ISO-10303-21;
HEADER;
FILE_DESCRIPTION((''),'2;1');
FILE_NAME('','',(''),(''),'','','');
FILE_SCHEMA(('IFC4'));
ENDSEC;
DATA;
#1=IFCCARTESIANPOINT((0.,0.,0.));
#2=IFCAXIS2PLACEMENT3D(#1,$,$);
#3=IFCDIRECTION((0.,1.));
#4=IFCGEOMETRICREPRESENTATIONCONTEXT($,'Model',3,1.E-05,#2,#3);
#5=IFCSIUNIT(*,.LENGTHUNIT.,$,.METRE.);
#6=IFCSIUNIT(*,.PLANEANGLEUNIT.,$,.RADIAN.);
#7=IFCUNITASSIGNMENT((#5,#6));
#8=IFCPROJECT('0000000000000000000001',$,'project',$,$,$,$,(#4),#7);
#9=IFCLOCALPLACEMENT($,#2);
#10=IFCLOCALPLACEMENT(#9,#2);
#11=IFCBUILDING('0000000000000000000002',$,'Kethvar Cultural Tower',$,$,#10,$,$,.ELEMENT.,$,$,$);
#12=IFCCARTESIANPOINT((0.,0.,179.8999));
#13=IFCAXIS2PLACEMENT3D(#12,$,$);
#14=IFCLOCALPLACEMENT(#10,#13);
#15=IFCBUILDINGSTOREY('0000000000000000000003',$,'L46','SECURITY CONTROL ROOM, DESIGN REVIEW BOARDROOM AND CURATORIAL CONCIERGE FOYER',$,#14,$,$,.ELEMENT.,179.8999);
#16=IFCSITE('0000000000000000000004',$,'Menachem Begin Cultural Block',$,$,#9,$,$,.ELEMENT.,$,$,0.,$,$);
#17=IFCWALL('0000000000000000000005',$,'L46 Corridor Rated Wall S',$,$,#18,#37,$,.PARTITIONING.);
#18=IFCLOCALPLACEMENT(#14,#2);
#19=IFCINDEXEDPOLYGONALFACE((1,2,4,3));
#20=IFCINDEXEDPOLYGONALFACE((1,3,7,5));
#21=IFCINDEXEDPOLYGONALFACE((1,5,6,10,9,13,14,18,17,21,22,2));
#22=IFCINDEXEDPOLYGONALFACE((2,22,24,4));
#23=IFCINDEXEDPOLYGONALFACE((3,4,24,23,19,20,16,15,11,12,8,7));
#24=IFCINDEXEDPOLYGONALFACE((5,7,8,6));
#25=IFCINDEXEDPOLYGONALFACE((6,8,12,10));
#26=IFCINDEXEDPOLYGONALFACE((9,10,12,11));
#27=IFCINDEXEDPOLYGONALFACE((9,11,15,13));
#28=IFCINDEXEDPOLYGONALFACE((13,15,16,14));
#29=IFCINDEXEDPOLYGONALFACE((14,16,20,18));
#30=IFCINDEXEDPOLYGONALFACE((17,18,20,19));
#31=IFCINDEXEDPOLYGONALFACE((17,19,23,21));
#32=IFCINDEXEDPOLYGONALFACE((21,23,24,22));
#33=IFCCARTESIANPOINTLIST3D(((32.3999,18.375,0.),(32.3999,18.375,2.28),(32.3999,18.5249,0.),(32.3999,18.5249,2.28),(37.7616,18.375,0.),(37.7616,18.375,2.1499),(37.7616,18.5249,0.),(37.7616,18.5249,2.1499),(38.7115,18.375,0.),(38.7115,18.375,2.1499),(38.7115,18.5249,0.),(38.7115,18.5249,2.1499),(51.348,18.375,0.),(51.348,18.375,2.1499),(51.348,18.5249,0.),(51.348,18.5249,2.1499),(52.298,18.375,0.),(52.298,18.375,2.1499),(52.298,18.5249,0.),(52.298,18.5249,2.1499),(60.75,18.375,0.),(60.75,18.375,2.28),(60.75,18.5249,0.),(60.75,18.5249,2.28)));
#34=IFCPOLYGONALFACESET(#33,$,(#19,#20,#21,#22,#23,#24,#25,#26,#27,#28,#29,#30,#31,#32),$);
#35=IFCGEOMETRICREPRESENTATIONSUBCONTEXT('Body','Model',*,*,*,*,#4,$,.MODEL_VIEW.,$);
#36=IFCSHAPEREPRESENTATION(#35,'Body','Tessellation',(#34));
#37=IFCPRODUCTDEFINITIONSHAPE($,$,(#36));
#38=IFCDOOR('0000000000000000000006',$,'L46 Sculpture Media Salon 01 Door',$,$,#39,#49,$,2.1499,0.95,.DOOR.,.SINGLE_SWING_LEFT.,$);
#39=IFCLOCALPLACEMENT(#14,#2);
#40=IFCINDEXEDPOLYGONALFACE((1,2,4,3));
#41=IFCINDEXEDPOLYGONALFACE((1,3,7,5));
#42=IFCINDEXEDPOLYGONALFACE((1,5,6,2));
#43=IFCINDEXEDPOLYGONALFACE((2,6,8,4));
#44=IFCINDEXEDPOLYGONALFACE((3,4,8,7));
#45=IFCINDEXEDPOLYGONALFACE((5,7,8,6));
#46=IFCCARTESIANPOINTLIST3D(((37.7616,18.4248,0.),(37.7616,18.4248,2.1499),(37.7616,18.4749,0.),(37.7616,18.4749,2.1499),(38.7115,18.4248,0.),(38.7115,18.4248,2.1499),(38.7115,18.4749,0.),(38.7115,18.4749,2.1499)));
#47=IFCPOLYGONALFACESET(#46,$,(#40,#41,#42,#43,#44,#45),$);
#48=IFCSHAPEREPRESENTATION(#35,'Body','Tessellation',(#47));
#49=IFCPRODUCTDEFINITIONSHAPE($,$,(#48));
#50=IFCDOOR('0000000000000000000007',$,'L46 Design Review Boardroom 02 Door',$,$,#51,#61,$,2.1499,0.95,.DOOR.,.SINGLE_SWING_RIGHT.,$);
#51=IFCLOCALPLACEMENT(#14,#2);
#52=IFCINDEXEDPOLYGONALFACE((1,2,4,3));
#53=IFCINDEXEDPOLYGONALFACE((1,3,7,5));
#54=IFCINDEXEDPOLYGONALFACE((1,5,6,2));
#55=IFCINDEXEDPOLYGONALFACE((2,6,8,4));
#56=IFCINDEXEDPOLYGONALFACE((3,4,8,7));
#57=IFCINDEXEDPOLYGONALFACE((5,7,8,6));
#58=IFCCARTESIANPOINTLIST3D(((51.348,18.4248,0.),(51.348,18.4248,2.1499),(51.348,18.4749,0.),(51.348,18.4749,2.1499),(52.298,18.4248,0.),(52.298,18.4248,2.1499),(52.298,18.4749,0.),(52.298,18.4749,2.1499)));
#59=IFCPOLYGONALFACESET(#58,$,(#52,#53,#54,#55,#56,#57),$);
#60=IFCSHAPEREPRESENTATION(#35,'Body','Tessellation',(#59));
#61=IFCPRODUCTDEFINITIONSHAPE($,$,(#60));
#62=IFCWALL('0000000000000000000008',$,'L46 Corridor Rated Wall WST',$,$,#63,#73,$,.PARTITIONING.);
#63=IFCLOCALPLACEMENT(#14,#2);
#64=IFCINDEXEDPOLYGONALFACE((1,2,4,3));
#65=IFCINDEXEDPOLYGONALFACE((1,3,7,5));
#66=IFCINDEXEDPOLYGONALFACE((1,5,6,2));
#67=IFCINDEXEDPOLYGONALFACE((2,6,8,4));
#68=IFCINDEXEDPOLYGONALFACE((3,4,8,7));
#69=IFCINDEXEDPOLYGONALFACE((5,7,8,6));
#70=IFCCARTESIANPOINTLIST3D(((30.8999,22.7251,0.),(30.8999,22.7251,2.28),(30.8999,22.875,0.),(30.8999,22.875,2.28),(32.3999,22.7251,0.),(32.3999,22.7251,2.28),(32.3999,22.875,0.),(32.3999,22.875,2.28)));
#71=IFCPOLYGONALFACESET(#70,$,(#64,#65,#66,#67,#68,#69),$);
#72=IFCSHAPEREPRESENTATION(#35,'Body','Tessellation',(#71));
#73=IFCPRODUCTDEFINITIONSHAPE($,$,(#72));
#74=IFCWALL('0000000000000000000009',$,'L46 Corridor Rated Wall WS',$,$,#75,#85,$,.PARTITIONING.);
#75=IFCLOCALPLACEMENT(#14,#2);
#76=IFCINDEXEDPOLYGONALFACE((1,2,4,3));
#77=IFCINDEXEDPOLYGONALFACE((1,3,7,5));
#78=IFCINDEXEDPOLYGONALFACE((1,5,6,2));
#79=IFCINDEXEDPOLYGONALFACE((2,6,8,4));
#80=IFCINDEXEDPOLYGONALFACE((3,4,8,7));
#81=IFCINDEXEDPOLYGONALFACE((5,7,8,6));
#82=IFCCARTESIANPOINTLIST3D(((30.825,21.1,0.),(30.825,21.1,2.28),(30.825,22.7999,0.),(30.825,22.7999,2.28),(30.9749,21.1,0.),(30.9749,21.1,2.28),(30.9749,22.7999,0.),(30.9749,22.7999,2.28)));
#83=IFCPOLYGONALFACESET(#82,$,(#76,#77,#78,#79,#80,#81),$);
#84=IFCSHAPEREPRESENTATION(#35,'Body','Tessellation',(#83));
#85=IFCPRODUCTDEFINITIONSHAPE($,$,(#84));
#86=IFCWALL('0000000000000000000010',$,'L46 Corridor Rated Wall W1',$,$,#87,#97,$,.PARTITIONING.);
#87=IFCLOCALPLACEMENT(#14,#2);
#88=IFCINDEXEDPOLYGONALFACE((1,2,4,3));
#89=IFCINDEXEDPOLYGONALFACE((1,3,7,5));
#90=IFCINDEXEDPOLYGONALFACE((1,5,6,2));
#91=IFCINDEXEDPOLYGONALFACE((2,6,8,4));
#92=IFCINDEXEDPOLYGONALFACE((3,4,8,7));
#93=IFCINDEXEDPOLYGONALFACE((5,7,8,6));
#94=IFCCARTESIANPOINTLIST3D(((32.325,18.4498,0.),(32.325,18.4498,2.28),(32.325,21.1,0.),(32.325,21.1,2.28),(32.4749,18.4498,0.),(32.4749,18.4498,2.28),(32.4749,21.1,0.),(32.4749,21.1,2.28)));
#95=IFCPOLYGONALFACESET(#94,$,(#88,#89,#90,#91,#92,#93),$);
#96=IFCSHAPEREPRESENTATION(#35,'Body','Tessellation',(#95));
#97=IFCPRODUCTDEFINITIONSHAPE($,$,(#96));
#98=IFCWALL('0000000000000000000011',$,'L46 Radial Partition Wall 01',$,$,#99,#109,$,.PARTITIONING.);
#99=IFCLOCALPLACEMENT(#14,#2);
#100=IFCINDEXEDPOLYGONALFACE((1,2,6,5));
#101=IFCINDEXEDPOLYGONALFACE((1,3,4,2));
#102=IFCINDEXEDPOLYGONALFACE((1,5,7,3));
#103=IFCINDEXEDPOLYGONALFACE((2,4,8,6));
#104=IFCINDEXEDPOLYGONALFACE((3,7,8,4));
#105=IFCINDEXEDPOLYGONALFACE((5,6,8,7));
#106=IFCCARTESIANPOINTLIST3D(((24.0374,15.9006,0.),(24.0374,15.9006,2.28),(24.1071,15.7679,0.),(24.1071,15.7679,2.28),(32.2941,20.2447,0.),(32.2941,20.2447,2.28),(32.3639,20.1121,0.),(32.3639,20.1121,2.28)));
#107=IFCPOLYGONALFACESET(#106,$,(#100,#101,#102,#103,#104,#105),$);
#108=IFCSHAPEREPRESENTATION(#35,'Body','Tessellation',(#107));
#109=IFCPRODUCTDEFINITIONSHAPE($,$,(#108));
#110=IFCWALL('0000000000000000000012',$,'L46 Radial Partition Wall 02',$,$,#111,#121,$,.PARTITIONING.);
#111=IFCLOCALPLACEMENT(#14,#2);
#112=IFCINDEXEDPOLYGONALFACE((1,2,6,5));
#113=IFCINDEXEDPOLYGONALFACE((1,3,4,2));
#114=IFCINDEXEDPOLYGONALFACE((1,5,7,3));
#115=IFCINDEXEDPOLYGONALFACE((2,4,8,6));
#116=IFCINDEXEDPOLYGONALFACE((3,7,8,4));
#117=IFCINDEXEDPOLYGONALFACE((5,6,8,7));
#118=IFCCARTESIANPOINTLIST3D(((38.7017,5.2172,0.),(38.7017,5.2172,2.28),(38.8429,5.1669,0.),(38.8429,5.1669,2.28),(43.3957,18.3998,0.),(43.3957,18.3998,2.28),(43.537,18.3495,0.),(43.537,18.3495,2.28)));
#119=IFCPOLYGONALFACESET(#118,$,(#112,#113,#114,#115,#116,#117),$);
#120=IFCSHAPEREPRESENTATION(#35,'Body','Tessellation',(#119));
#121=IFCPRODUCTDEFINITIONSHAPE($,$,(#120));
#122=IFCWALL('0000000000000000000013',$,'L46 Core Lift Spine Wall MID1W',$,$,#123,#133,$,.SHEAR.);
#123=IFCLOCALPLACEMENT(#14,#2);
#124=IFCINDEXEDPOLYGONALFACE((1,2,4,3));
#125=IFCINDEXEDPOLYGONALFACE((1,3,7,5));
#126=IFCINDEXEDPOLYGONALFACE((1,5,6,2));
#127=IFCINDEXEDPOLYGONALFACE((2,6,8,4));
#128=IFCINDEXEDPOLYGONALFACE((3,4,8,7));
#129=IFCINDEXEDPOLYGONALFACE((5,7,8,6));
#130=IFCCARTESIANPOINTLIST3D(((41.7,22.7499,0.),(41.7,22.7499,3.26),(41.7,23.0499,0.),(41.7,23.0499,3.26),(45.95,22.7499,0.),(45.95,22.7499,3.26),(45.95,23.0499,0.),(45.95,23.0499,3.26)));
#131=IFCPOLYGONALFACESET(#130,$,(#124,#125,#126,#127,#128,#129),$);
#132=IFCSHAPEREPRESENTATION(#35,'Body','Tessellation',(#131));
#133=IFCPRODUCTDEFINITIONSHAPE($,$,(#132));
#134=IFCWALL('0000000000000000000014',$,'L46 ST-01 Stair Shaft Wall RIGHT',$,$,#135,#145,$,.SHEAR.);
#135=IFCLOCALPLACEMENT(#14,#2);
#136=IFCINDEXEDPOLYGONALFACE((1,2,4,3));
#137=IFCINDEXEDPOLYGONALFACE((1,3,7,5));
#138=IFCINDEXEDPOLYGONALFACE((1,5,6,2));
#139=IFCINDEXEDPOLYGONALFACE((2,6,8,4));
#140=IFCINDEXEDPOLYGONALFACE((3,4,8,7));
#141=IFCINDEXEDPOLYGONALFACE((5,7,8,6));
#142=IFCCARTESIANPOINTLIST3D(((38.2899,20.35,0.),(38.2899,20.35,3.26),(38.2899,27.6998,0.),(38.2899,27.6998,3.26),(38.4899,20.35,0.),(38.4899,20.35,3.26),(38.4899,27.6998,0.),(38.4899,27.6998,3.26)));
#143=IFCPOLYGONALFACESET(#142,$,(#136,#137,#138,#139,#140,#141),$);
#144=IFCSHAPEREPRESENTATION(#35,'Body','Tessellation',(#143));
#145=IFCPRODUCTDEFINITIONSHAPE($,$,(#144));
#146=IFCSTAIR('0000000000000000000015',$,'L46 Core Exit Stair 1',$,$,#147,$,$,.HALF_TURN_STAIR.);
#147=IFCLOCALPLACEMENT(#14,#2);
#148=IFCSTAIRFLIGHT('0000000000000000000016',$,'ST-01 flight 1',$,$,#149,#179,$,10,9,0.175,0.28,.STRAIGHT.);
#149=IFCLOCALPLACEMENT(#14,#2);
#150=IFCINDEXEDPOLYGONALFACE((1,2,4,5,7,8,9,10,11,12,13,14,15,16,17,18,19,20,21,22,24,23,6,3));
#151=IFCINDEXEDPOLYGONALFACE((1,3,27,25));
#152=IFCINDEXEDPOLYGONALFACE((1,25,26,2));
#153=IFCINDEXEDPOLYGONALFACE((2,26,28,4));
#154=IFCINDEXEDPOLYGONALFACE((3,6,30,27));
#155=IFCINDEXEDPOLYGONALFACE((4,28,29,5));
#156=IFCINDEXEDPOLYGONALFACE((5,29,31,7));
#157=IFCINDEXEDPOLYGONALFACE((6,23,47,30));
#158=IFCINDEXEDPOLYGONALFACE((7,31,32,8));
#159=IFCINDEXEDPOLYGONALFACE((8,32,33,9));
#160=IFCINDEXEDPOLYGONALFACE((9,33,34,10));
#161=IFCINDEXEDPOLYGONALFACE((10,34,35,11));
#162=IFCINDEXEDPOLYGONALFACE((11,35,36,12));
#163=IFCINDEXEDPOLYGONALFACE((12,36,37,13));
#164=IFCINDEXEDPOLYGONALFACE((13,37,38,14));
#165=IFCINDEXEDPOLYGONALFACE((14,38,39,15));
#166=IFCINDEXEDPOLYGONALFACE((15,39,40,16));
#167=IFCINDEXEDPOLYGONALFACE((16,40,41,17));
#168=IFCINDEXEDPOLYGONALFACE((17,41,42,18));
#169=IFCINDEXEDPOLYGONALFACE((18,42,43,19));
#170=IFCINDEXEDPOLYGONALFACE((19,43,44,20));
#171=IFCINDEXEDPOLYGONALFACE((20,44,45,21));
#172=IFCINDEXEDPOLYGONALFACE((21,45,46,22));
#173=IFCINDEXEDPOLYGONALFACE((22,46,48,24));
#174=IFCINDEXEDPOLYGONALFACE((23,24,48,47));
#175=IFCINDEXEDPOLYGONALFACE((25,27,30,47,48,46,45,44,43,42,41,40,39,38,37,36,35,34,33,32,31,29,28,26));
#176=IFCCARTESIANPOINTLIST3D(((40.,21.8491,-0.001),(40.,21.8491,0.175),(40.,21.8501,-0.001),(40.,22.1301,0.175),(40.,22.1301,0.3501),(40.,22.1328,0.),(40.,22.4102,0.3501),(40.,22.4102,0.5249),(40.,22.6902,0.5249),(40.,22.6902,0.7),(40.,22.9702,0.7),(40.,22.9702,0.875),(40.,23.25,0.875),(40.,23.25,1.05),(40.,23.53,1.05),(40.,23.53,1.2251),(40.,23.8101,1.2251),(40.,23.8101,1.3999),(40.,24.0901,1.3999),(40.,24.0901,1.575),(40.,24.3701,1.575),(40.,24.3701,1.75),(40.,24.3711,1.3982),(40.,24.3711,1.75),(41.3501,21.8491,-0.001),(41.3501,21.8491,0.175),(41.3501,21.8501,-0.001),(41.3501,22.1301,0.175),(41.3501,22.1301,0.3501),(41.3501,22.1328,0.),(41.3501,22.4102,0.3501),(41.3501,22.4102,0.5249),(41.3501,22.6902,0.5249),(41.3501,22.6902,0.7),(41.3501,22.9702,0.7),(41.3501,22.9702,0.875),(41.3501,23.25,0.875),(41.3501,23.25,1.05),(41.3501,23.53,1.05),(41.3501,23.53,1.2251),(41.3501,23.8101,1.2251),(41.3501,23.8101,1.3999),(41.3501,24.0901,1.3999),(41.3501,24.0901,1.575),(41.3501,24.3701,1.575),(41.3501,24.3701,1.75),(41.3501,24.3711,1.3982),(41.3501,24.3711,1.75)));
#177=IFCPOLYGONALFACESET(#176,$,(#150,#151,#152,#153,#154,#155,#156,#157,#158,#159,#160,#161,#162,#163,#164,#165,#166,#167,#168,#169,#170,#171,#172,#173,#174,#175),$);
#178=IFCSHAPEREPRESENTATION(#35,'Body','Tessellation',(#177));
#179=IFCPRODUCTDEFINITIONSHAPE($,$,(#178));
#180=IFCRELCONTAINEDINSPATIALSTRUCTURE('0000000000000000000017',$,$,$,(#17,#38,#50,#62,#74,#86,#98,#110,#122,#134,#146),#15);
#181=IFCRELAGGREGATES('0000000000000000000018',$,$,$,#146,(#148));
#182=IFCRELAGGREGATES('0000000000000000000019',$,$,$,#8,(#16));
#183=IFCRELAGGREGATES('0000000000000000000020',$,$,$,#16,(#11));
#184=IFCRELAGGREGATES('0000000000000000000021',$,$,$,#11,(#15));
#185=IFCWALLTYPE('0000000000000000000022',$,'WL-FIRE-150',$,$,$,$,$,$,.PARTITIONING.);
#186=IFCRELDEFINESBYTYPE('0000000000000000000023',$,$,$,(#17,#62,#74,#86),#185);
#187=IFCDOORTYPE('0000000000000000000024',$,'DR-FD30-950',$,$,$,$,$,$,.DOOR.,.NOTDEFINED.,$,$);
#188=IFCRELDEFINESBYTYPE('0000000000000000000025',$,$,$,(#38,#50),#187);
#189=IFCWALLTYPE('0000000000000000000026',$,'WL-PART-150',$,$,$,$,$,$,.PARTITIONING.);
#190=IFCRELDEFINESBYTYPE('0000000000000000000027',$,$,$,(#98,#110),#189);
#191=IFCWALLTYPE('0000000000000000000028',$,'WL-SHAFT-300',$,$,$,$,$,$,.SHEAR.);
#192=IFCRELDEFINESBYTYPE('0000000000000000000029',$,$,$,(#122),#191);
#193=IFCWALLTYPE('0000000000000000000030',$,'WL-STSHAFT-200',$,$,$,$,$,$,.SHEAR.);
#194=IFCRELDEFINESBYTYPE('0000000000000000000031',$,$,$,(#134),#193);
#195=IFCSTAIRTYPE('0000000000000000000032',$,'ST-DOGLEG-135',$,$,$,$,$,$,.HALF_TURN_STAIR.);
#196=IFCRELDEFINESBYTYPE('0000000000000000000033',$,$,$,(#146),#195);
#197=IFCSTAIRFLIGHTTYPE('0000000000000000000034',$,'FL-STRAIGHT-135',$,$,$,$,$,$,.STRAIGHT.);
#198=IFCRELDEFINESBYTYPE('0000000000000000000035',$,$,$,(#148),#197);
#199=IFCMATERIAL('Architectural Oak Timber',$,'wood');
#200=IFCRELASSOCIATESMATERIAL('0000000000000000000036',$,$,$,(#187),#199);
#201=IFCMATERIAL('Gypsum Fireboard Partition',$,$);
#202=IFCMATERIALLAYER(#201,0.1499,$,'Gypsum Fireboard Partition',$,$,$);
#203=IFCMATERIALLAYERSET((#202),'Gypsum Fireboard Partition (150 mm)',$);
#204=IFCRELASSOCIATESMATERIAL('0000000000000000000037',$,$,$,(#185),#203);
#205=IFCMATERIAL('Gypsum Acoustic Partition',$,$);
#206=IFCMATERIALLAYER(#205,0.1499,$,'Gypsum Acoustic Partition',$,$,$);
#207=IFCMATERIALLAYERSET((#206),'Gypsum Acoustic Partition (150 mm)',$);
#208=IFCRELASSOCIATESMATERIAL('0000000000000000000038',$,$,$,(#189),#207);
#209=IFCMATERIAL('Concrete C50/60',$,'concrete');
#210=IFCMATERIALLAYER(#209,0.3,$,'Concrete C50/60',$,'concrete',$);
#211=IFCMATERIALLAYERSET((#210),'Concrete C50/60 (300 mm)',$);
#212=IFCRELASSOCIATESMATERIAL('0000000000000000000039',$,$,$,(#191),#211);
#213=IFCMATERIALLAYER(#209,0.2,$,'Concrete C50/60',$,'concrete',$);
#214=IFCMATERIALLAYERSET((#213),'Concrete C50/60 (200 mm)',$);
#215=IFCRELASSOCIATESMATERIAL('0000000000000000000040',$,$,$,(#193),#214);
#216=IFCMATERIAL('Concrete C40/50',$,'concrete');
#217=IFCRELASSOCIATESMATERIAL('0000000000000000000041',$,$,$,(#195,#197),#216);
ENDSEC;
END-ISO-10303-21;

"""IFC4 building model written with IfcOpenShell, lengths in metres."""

from ifc_helpers import new_model, si_unit, direction, frame, frame_2d, origin, place, context, subcontext, project, spatial, polyline, rectangle, outline, extrude, source, transform, mapped, material, layer, layer_set, type_object, element, fill, aggregate, save


model = new_model("IFC4")

# Units and contexts
model_context = context("Model", 3, precision=1e-05, world=origin(), true_north=direction((0.0, 1.0)))
body_context = subcontext(model_context, "Body", "Model", "MODEL_VIEW")
ifc_project = project(units=[si_unit("LENGTHUNIT", "METRE"), si_unit("PLANEANGLEUNIT", "RADIAN")], contexts=[model_context])

# Site, building, storey
site_placement = place(None, origin())
site = spatial("IfcSite", under=ifc_project, at=site_placement, Name="Menachem Begin Cultural Block", CompositionType="ELEMENT", RefElevation=0.0)
building_placement = place(site_placement, origin())
building = spatial("IfcBuilding", under=site, at=building_placement, Name="Kethvar Cultural Tower", CompositionType="ELEMENT")
storey_placement = place(building_placement, frame((0.0, 0.0, 179.8999)))
storey = spatial("IfcBuildingStorey", under=building, at=storey_placement, Name="L46", Description="SECURITY CONTROL ROOM, DESIGN REVIEW BOARDROOM AND CURATORIAL CONCIERGE FOYER", CompositionType="ELEMENT", Elevation=179.8999)

# Shared definitions
ifc_material_1 = material(Name="Architectural Oak Timber", Category="wood")
door_type_1 = type_object("IfcDoorType", Name="DR-FD30-950", OperationType="NOTDEFINED", PredefinedType="DOOR", material=ifc_material_1)
shared_shape_1 = source(origin(), body_context, "Body", "SweptSolid", [
    extrude(rectangle(XDim=0.95, YDim=2.1499, at=frame_2d((0.4751, 1.075))), frame((0.0, 0.0249, 0.0), z_axis=(0.0, -1.0, 0.0), x_axis=(1.0, 0.0, 0.0)), (0.0, 0.0, 1.0), 0.05),
])

# Shared definitions
ifc_material_2 = material(Name="Gypsum Fireboard Partition")
ifc_layer_1 = layer(ifc_material_2, 0.1499, Name="Gypsum Fireboard Partition")
ifc_layer_set_1 = layer_set([ifc_layer_1], Name="Gypsum Fireboard Partition (150 mm)")
wall_type_1 = type_object("IfcWallType", Name="WL-FIRE-150", PredefinedType="PARTITIONING", material=ifc_layer_set_1)

# Wall, openings, doors
wall_1_placement = place(storey_placement, frame((32.3999, 18.45, 0.0), z_axis=(0.0, 0.0, 1.0), x_axis=(1.0, 0.0, 0.0)))
wall_1 = element("IfcWall", 1, at=wall_1_placement, inside=storey, type_object=wall_type_1, Name="L46 Corridor Rated Wall S", PredefinedType="PARTITIONING", context=body_context, shape_type="SweptSolid", body=[
    extrude(rectangle(XDim=28.3501, YDim=0.1499, at=frame_2d((14.175, 0.0))), origin(), (0.0, 0.0, 1.0), 2.28),
])
opening_1_placement = place(wall_1_placement, frame((5.3616, 0.0, 0.0)))
opening_1 = element("IfcOpeningElement", 2, at=opening_1_placement, cuts=wall_1, PredefinedType="OPENING", context=body_context, shape_type="SweptSolid", body=[
    extrude(rectangle(XDim=0.95, YDim=2.1499, at=frame_2d((0.4751, 1.075))), frame((0.0, 0.085, 0.0), z_axis=(0.0, -1.0, 0.0), x_axis=(1.0, 0.0, 0.0)), (0.0, 0.0, 1.0), 0.1699),
])
opening_2_placement = place(wall_1_placement, frame((18.948, 0.0, 0.0)))
opening_2 = element("IfcOpeningElement", 3, at=opening_2_placement, cuts=wall_1, PredefinedType="OPENING", context=body_context, shape_type="SweptSolid", body=[
    extrude(rectangle(XDim=0.95, YDim=2.1499, at=frame_2d((0.4751, 1.075))), frame((0.0, 0.085, 0.0), z_axis=(0.0, -1.0, 0.0), x_axis=(1.0, 0.0, 0.0)), (0.0, 0.0, 1.0), 0.1699),
])
door_1_placement = place(opening_1_placement, origin())
door_1 = element("IfcDoor", 4, at=door_1_placement, inside=storey, type_object=door_type_1, Name="L46 Sculpture Media Salon 01 Door", OperationType="SINGLE_SWING_LEFT", OverallHeight=2.1499, OverallWidth=0.95, PredefinedType="DOOR", context=body_context, shape_type="MappedRepresentation", body=[
    mapped(shared_shape_1, transform((0.0, 0.0, 0.0), scale=1.0)),
])
fill(opening_1, door_1)
door_2_placement = place(opening_2_placement, origin())
door_2 = element("IfcDoor", 5, at=door_2_placement, inside=storey, type_object=door_type_1, Name="L46 Design Review Boardroom 02 Door", OperationType="SINGLE_SWING_RIGHT", OverallHeight=2.1499, OverallWidth=0.95, PredefinedType="DOOR", context=body_context, shape_type="MappedRepresentation", body=[
    mapped(shared_shape_1, transform((0.0, 0.0, 0.0), scale=1.0)),
])
fill(opening_2, door_2)

# Walls
wall_2_placement = place(storey_placement, frame((32.3999, 22.8, 0.0), z_axis=(0.0, 0.0, 1.0), x_axis=(-1.0, 0.0, 0.0)))
element("IfcWall", 6, at=wall_2_placement, inside=storey, type_object=wall_type_1, Name="L46 Corridor Rated Wall WST", PredefinedType="PARTITIONING", context=body_context, shape_type="SweptSolid", body=[
    extrude(rectangle(XDim=1.5, YDim=0.1499, at=frame_2d((0.75, 0.0))), origin(), (0.0, 0.0, 1.0), 2.28),
])
wall_3_placement = place(storey_placement, frame((30.8999, 22.8, 0.0), z_axis=(0.0, 0.0, 1.0), x_axis=(0.0, -1.0, 0.0)))
element("IfcWall", 7, at=wall_3_placement, inside=storey, type_object=wall_type_1, Name="L46 Corridor Rated Wall WS", PredefinedType="PARTITIONING", context=body_context, shape_type="SweptSolid", body=[
    extrude(rectangle(XDim=1.7, YDim=0.1499, at=frame_2d((0.8501, 0.0))), origin(), (0.0, 0.0, 1.0), 2.28),
])
wall_4_placement = place(storey_placement, frame((32.3999, 21.1001, 0.0), z_axis=(0.0, 0.0, 1.0), x_axis=(0.0, -1.0, 0.0)))
element("IfcWall", 8, at=wall_4_placement, inside=storey, type_object=wall_type_1, Name="L46 Corridor Rated Wall W1", PredefinedType="PARTITIONING", context=body_context, shape_type="SweptSolid", body=[
    extrude(rectangle(XDim=2.6501, YDim=0.1499, at=frame_2d((1.3252, 0.0))), origin(), (0.0, 0.0, 1.0), 2.28),
])
ifc_material_3 = material(Name="Gypsum Acoustic Partition")
ifc_layer_2 = layer(ifc_material_3, 0.1499, Name="Gypsum Acoustic Partition")
ifc_layer_set_2 = layer_set([ifc_layer_2], Name="Gypsum Acoustic Partition (150 mm)")
wall_type_2 = type_object("IfcWallType", Name="WL-PART-150", PredefinedType="PARTITIONING", material=ifc_layer_set_2)
wall_5_placement = place(storey_placement, frame((32.3291, 20.1785, 0.0), z_axis=(0.0, 0.0, 1.0), x_axis=(-0.884983, -0.465623, 0.0)))
element("IfcWall", 9, at=wall_5_placement, inside=storey, type_object=wall_type_2, Name="L46 Radial Partition Wall 01", PredefinedType="PARTITIONING", context=body_context, shape_type="SweptSolid", body=[
    extrude(rectangle(XDim=9.3298, YDim=0.1499, at=frame_2d((4.665, 0.0))), origin(), (0.0, 0.0, 1.0), 2.28),
])
wall_6_placement = place(storey_placement, frame((43.4663, 18.3745, 0.0), z_axis=(0.0, 0.0, 1.0), x_axis=(-0.33545, -0.942058, 0.0)))
element("IfcWall", 10, at=wall_6_placement, inside=storey, type_object=wall_type_2, Name="L46 Radial Partition Wall 02", PredefinedType="PARTITIONING", context=body_context, shape_type="SweptSolid", body=[
    extrude(rectangle(XDim=13.9934, YDim=0.1499, at=frame_2d((6.9966, 0.0))), origin(), (0.0, 0.0, 1.0), 2.28),
])
ifc_material_4 = material(Name="Concrete C50/60", Category="concrete")
ifc_layer_3 = layer(ifc_material_4, 0.3, Name="Concrete C50/60", Category="concrete")
ifc_layer_set_3 = layer_set([ifc_layer_3], Name="Concrete C50/60 (300 mm)")
wall_type_3 = type_object("IfcWallType", Name="WL-SHAFT-300", PredefinedType="SHEAR", material=ifc_layer_set_3)
wall_7_placement = place(storey_placement, frame((41.7, 22.8999, 0.0), z_axis=(0.0, 0.0, 1.0), x_axis=(1.0, 0.0, 0.0)))
element("IfcWall", 11, at=wall_7_placement, inside=storey, type_object=wall_type_3, Name="L46 Core Lift Spine Wall MID1W", PredefinedType="SHEAR", context=body_context, shape_type="SweptSolid", body=[
    extrude(rectangle(XDim=4.25, YDim=0.3, at=frame_2d((2.125, 0.0))), origin(), (0.0, 0.0, 1.0), 3.26),
])
ifc_layer_4 = layer(ifc_material_4, 0.2, Name="Concrete C50/60", Category="concrete")
ifc_layer_set_4 = layer_set([ifc_layer_4], Name="Concrete C50/60 (200 mm)")
wall_type_4 = type_object("IfcWallType", Name="WL-STSHAFT-200", PredefinedType="SHEAR", material=ifc_layer_set_4)
wall_8_placement = place(storey_placement, frame((38.3899, 20.3501, 0.0), z_axis=(0.0, 0.0, 1.0), x_axis=(0.0, 1.0, 0.0)))
element("IfcWall", 12, at=wall_8_placement, inside=storey, type_object=wall_type_4, Name="L46 ST-01 Stair Shaft Wall RIGHT", PredefinedType="SHEAR", context=body_context, shape_type="SweptSolid", body=[
    extrude(rectangle(XDim=7.3499, YDim=0.2, at=frame_2d((3.6748, 0.0))), origin(), (0.0, 0.0, 1.0), 3.26),
])

# Stair, stair flight
ifc_material_5 = material(Name="Concrete C40/50", Category="concrete")
stair_type = type_object("IfcStairType", Name="ST-DOGLEG-135", PredefinedType="HALF_TURN_STAIR", material=ifc_material_5)
stair_placement = place(storey_placement, origin())
stair = element("IfcStair", 13, at=stair_placement, inside=storey, type_object=stair_type, Name="L46 Core Exit Stair 1", PredefinedType="HALF_TURN_STAIR")
stair_flight_type = type_object("IfcStairFlightType", Name="FL-STRAIGHT-135", PredefinedType="STRAIGHT", material=ifc_material_5)
stair_flight_placement = place(storey_placement, frame((40.675, 21.8501, 0.0), z_axis=(0.0, 0.0, 1.0), x_axis=(0.0, 1.0, 0.0)))
stair_flight = element("IfcStairFlight", 14, at=stair_flight_placement, type_object=stair_flight_type, Name="ST-01 flight 1", NumberOfRisers=10, NumberOfTreads=9, PredefinedType="STRAIGHT", RiserHeight=0.175, TreadLength=0.28, context=body_context, shape_type="SweptSolid", body=[
    extrude(outline(polyline([(-0.001, -0.001), (-0.001, 0.175), (0.28, 0.175), (0.28, 0.3501), (0.5601, 0.3501), (0.5601, 0.5249), (0.8401, 0.5249), (0.8401, 0.7), (1.1201, 0.7), (1.1201, 0.875), (1.3999, 0.875), (1.3999, 1.05), (1.6799, 1.05), (1.6799, 1.2251), (1.96, 1.2251), (1.96, 1.3999), (2.24, 1.3999), (2.24, 1.575), (2.52, 1.575), (2.52, 1.75), (2.521, 1.75), (2.521, 1.3982), (0.2827, 0.0), (0.0, -0.001), (-0.001, -0.001)])), frame((0.0, 0.675, 0.0), z_axis=(0.0, -1.0, 0.0), x_axis=(1.0, 0.0, 0.0)), (0.0, 0.0, 1.0), 1.3501),
])
aggregate(stair, [stair_flight])

save(model, "model.ifc")
